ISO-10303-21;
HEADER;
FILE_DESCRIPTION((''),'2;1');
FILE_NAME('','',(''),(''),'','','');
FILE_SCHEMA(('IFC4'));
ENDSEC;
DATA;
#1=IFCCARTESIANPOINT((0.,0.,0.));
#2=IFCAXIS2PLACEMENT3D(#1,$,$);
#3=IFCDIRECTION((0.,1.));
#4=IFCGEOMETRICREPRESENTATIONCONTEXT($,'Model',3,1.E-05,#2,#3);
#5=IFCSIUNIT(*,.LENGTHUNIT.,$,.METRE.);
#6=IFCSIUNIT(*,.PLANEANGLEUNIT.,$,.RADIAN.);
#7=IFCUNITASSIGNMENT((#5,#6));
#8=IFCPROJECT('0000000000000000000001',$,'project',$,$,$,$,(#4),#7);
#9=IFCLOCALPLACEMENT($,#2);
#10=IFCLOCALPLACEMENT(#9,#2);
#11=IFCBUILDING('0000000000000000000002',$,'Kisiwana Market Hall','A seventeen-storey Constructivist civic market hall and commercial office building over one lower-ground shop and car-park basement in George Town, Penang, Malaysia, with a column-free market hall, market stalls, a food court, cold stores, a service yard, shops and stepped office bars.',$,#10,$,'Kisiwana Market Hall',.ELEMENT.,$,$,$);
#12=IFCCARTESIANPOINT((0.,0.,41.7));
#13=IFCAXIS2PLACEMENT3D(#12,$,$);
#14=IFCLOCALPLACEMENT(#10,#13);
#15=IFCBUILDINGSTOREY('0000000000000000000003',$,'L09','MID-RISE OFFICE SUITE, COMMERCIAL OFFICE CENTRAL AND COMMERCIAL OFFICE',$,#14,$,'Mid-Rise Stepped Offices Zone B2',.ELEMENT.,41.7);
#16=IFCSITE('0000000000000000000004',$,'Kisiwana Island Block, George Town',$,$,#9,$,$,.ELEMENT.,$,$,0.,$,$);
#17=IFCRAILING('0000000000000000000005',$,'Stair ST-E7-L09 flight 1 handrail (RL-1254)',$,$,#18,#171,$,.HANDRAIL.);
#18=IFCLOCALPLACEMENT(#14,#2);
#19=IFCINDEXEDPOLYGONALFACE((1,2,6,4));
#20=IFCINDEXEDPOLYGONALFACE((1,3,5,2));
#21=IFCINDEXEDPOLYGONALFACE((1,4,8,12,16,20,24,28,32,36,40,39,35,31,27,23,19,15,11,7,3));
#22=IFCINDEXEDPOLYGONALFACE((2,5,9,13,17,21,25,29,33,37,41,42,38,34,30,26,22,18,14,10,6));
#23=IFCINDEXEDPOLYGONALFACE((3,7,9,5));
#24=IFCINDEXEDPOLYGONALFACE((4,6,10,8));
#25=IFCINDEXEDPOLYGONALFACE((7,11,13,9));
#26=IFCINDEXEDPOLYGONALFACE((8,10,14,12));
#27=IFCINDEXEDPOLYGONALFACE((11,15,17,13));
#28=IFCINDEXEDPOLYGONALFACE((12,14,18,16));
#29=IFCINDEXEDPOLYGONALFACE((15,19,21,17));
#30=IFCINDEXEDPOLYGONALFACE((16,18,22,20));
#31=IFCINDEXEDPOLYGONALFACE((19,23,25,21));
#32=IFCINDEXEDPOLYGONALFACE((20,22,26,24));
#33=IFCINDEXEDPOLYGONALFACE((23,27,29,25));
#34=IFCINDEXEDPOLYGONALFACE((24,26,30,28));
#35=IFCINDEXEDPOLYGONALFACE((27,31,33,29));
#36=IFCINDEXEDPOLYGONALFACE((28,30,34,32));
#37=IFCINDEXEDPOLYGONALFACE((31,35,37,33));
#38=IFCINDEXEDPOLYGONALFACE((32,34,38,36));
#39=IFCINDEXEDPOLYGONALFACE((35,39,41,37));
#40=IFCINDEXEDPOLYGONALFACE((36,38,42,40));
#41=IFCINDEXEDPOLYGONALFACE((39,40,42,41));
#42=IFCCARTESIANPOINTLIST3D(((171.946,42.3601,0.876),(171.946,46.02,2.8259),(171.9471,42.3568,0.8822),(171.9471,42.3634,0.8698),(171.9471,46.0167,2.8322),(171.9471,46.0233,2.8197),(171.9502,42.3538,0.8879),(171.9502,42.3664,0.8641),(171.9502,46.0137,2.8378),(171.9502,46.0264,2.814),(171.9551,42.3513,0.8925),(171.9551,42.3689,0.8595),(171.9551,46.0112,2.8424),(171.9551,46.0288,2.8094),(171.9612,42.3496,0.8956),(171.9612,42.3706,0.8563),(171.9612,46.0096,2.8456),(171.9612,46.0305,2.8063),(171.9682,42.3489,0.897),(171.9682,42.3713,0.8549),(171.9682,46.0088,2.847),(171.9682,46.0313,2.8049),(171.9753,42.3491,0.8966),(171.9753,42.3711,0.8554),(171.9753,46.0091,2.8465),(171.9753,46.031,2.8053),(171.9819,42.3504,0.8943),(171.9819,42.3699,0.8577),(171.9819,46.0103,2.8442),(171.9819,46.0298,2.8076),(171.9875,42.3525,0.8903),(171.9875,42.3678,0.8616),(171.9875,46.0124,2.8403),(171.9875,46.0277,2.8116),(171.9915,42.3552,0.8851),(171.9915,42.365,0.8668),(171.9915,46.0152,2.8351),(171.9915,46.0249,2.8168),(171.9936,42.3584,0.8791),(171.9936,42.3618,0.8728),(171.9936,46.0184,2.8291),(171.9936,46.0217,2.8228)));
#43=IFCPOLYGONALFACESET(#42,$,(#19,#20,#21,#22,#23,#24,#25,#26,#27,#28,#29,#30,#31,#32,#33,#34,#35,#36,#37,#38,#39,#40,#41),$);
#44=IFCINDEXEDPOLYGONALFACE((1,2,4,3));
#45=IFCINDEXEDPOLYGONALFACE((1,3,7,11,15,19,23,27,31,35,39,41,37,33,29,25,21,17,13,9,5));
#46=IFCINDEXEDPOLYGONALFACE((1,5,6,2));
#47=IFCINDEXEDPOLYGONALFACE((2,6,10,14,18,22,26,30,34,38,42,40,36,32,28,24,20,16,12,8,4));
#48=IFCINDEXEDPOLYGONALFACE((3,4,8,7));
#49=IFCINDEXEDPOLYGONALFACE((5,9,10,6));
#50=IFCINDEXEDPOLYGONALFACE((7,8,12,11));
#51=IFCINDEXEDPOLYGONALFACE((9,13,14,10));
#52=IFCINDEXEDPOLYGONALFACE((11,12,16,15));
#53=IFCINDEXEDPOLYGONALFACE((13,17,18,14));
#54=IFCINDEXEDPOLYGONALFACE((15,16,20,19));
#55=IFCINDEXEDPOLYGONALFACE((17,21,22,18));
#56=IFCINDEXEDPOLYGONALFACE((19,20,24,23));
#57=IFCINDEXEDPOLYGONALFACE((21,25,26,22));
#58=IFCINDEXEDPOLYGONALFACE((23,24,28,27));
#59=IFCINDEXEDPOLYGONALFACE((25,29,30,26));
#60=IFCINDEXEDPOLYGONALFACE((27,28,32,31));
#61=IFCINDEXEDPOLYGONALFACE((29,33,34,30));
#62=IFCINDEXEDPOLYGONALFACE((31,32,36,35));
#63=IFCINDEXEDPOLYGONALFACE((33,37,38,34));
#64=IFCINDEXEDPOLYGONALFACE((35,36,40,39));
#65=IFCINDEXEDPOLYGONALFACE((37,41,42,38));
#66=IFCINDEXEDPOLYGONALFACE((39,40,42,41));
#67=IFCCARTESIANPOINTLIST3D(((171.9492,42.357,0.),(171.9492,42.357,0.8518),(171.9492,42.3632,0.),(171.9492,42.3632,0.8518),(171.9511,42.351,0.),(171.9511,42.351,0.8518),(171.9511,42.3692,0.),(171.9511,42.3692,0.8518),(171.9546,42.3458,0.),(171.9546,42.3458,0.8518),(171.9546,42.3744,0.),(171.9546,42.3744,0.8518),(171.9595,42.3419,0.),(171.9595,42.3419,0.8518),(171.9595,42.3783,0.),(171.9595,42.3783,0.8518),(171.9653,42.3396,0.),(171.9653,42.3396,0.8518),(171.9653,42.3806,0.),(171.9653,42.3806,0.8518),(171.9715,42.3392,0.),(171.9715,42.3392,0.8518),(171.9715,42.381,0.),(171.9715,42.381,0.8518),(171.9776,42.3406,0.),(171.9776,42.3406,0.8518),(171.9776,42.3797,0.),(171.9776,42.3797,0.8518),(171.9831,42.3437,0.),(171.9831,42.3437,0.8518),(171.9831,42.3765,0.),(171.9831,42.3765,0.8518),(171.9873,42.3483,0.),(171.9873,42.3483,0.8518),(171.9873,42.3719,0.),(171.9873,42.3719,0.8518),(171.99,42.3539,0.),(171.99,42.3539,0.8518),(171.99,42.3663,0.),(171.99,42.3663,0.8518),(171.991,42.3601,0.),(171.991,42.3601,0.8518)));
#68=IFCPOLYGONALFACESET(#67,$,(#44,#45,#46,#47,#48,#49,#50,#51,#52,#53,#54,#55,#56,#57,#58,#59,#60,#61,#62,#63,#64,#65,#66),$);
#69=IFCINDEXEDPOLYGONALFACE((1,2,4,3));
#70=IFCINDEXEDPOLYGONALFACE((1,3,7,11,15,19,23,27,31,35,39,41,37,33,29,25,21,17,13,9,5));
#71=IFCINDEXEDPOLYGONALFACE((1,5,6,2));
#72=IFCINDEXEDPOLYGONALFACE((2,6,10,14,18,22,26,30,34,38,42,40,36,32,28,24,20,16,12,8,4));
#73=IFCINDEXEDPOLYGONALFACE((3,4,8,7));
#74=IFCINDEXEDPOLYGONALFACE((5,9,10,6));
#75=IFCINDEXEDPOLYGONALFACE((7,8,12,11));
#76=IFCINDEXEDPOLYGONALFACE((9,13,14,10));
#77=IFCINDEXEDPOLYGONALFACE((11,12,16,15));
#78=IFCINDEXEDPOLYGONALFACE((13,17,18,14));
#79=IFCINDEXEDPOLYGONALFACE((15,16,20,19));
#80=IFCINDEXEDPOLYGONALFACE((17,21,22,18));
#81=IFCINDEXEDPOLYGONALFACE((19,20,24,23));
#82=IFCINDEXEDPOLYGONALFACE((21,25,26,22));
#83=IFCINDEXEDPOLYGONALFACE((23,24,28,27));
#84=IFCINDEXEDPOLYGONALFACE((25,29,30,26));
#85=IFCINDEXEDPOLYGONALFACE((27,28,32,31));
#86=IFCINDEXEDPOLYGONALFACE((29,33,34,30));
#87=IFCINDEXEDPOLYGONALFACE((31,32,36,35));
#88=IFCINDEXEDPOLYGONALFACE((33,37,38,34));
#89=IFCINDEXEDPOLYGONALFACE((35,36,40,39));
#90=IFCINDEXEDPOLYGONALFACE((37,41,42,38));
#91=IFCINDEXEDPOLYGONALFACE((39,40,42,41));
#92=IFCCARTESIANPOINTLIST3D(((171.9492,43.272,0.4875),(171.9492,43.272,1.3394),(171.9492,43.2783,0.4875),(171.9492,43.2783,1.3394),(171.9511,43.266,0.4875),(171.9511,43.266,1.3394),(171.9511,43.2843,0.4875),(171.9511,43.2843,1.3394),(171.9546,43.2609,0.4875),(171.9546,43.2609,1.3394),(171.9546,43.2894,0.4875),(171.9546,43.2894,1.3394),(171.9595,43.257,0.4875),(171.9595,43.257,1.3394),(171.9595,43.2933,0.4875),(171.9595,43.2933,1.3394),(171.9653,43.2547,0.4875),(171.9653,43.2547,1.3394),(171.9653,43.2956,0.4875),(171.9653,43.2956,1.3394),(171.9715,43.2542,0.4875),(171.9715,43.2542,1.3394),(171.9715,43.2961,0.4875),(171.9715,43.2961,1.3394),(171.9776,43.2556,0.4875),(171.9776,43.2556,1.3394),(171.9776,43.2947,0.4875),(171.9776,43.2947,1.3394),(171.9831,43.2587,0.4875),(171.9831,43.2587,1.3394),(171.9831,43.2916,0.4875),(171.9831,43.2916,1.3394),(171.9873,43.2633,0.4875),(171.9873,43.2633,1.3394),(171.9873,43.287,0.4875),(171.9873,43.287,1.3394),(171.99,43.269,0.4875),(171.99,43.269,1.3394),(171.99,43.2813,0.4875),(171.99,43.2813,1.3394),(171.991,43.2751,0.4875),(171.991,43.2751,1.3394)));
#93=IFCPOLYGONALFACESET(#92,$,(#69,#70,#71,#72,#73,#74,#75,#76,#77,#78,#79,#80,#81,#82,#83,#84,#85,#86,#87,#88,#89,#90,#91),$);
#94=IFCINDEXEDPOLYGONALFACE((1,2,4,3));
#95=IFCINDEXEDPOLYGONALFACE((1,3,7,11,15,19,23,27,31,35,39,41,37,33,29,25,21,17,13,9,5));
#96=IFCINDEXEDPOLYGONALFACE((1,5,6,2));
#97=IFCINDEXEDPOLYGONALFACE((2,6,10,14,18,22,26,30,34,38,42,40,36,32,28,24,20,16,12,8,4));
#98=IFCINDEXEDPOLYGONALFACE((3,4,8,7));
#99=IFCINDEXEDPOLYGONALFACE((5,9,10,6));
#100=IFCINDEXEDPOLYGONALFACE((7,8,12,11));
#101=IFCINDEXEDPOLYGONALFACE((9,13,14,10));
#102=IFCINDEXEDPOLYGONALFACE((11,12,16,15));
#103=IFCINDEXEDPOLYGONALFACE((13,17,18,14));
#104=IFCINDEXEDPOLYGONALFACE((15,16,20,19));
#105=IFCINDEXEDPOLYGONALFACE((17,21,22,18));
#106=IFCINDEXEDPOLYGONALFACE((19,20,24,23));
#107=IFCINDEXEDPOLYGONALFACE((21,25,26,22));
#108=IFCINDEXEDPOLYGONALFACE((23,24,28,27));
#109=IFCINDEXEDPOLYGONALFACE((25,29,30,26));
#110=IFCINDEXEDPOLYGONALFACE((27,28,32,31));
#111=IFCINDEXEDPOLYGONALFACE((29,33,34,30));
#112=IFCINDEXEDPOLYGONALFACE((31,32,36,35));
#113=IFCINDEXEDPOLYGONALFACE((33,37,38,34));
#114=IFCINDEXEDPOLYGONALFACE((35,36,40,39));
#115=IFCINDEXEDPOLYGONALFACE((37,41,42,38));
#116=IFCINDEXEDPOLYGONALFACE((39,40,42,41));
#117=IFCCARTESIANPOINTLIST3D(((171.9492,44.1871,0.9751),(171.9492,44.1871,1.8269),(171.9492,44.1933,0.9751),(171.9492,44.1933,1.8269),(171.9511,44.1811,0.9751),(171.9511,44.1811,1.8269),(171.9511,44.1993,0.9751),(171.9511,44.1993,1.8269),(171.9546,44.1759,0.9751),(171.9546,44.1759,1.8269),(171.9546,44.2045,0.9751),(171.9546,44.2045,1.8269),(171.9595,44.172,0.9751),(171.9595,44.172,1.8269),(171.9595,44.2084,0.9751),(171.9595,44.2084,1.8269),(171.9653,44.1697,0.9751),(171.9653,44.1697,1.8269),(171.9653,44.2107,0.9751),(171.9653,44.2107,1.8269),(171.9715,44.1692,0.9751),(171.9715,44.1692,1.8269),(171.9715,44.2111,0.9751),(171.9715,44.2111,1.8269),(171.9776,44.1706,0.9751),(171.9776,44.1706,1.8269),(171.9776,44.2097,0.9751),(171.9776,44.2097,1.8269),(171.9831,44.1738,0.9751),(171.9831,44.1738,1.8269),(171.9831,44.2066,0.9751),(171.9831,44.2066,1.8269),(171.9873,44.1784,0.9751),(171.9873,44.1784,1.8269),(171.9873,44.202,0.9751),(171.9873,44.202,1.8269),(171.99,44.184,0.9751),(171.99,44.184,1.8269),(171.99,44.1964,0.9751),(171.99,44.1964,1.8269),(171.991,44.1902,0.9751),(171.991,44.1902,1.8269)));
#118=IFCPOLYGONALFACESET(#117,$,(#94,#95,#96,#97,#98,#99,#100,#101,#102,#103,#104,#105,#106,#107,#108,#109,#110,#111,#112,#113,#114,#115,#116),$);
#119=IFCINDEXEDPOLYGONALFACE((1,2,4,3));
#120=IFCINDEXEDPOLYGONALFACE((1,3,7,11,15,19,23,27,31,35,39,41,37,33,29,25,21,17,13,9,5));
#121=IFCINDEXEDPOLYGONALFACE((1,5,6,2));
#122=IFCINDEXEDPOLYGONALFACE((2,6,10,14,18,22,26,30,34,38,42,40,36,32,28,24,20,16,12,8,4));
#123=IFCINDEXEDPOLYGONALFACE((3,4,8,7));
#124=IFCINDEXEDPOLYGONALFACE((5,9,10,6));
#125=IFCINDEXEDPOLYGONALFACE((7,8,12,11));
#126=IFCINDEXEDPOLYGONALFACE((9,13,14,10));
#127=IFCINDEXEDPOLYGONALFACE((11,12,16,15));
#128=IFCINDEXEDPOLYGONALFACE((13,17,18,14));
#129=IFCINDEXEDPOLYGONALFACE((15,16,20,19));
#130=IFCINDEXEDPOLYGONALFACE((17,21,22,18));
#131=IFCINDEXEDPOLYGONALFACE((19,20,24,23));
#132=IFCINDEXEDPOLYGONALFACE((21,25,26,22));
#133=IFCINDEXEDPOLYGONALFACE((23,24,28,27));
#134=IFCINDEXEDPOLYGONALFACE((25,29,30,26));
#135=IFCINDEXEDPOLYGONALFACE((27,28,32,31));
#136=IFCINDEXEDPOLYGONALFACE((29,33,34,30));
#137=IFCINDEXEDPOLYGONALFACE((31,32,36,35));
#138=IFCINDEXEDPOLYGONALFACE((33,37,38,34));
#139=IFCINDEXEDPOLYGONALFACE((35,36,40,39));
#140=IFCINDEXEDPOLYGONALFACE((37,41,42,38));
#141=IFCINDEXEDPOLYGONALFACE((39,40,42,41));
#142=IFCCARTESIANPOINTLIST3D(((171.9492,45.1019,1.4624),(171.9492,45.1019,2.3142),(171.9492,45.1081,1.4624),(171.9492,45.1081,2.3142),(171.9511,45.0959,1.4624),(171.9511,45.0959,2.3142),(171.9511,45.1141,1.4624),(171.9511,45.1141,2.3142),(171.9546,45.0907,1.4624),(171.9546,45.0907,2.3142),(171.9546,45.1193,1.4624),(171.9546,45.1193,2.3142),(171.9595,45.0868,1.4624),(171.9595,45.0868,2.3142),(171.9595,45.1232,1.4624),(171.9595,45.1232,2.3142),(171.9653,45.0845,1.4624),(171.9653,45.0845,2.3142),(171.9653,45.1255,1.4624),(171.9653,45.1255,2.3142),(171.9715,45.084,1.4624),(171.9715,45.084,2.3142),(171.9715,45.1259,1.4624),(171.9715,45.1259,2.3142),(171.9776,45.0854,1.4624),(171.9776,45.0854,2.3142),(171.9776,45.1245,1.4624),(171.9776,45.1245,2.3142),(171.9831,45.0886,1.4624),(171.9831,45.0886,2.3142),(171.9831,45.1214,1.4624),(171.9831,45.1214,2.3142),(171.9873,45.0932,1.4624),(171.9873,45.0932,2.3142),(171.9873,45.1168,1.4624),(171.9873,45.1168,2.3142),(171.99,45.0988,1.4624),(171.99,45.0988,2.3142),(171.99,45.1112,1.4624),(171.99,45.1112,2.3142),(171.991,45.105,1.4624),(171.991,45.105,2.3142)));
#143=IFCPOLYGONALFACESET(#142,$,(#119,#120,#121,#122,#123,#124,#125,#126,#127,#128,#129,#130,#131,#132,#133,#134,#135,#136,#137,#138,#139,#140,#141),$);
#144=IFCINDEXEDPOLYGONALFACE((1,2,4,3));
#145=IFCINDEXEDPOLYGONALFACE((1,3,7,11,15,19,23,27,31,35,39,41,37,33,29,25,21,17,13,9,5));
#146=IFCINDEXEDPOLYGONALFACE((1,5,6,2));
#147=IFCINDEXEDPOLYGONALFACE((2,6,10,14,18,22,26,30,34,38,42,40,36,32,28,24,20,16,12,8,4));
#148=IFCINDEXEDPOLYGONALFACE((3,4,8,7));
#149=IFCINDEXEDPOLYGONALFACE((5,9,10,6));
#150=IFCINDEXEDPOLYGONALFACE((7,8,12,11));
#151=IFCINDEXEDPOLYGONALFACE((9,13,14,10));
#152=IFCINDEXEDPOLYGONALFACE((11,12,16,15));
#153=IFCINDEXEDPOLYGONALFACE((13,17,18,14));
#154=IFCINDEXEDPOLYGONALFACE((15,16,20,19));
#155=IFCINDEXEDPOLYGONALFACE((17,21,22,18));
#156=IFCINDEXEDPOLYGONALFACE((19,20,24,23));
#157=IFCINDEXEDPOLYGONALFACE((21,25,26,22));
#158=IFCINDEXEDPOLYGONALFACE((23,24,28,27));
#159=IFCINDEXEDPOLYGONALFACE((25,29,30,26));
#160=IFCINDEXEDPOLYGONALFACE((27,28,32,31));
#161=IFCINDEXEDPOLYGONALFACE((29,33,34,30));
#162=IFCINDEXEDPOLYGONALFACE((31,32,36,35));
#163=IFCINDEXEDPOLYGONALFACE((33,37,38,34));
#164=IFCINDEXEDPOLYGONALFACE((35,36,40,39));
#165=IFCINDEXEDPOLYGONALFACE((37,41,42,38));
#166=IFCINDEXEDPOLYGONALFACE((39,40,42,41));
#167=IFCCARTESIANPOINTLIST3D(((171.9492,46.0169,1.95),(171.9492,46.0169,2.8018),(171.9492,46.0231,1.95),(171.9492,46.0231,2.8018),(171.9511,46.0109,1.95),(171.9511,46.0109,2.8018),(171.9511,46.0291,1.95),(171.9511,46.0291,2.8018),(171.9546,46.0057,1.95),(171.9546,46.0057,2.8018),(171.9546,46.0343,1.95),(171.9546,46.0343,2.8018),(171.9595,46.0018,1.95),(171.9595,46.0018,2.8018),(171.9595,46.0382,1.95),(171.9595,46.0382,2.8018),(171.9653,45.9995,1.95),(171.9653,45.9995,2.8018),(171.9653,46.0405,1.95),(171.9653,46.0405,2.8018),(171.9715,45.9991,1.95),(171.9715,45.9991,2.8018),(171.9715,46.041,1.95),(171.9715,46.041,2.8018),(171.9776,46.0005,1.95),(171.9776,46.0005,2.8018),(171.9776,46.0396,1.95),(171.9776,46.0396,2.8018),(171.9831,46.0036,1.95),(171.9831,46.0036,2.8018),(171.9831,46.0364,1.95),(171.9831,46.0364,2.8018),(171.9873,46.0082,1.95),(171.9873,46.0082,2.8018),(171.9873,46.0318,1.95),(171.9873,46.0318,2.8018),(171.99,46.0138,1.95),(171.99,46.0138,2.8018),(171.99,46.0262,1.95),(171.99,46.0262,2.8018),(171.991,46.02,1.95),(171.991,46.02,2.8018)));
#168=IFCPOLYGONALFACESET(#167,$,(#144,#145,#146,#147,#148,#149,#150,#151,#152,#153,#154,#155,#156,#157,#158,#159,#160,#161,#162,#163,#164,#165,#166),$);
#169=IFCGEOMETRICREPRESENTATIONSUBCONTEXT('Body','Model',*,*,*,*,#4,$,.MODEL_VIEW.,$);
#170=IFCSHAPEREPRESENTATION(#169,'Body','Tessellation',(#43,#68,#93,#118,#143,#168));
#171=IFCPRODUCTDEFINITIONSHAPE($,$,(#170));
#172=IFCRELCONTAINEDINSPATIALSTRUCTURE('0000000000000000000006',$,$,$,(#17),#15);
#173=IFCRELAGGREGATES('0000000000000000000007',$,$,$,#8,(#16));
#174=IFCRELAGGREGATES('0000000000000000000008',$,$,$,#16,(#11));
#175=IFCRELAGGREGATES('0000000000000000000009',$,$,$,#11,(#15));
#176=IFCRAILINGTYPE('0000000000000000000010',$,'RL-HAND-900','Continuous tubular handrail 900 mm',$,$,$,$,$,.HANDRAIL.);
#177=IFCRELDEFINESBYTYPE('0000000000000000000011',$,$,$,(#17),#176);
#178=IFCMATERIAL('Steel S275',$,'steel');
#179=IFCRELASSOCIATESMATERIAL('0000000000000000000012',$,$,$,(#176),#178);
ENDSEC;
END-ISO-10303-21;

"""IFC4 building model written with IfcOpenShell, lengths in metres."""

from ifc_helpers import new_model, si_unit, direction, frame, origin, origin_2d, place, context, subcontext, project, spatial, circle, extrude, material, type_object, element, save


model = new_model("IFC4")

# Units and contexts
model_context = context("Model", 3, precision=1e-05, world=origin(), true_north=direction((0.0, 1.0)))
body_context = subcontext(model_context, "Body", "Model", "MODEL_VIEW")
ifc_project = project(units=[si_unit("LENGTHUNIT", "METRE"), si_unit("PLANEANGLEUNIT", "RADIAN")], contexts=[model_context])

# Site, building, storey
site_placement = place(None, origin())
site = spatial("IfcSite", under=ifc_project, at=site_placement, Name="Kisiwana Island Block, George Town", CompositionType="ELEMENT", RefElevation=0.0)
building_placement = place(site_placement, origin())
building = spatial("IfcBuilding", under=site, at=building_placement, Name="Kisiwana Market Hall", Description="A seventeen-storey Constructivist civic market hall and commercial office building over one lower-ground shop and car-park basement in George Town, Penang, Malaysia, with a column-free market hall, market stalls, a food court, cold stores, a service yard, shops and stepped office bars.", LongName="Kisiwana Market Hall", CompositionType="ELEMENT")
storey_placement = place(building_placement, frame((0.0, 0.0, 41.7)))
storey = spatial("IfcBuildingStorey", under=building, at=storey_placement, Name="L09", Description="MID-RISE OFFICE SUITE, COMMERCIAL OFFICE CENTRAL AND COMMERCIAL OFFICE", LongName="Mid-Rise Stepped Offices Zone B2", CompositionType="ELEMENT", Elevation=41.7)

# Railing
ifc_material_1 = material(Name="Steel S275", Category="steel")
railing_type_1 = type_object("IfcRailingType", Name="RL-HAND-900", Description="Continuous tubular handrail 900 mm", PredefinedType="HANDRAIL", material=ifc_material_1)
railing_1_placement = place(storey_placement, frame((171.97, 42.3601, 0.0)))
element("IfcRailing", 1, at=railing_1_placement, inside=storey, type_object=railing_type_1, Name="Stair ST-E7-L09 flight 1 handrail (RL-1254)", PredefinedType="HANDRAIL", context=body_context, shape_type="SweptSolid", body=[
    extrude(circle(Radius=0.0239, at=origin_2d()), frame((0.0, 0.0, 0.876), z_axis=(0.0, 0.882553, 0.470212), x_axis=(-1.0, 0.0, 0.0)), (0.0, 0.0, 1.0), 4.147),
    extrude(circle(Radius=0.021, at=origin_2d()), origin(), (0.0, 0.0, 1.0), 0.8518),
    extrude(circle(Radius=0.021, at=origin_2d()), frame((0.0, 0.915, 0.4875)), (0.0, 0.0, 1.0), 0.8518),
    extrude(circle(Radius=0.021, at=origin_2d()), frame((0.0, 1.8301, 0.9751)), (0.0, 0.0, 1.0), 0.8518),
    extrude(circle(Radius=0.021, at=origin_2d()), frame((0.0, 2.7449, 1.4624)), (0.0, 0.0, 1.0), 0.8518),
    extrude(circle(Radius=0.021, at=origin_2d()), frame((0.0, 3.6599, 1.95)), (0.0, 0.0, 1.0), 0.8518),
])

save(model, "model.ifc")
